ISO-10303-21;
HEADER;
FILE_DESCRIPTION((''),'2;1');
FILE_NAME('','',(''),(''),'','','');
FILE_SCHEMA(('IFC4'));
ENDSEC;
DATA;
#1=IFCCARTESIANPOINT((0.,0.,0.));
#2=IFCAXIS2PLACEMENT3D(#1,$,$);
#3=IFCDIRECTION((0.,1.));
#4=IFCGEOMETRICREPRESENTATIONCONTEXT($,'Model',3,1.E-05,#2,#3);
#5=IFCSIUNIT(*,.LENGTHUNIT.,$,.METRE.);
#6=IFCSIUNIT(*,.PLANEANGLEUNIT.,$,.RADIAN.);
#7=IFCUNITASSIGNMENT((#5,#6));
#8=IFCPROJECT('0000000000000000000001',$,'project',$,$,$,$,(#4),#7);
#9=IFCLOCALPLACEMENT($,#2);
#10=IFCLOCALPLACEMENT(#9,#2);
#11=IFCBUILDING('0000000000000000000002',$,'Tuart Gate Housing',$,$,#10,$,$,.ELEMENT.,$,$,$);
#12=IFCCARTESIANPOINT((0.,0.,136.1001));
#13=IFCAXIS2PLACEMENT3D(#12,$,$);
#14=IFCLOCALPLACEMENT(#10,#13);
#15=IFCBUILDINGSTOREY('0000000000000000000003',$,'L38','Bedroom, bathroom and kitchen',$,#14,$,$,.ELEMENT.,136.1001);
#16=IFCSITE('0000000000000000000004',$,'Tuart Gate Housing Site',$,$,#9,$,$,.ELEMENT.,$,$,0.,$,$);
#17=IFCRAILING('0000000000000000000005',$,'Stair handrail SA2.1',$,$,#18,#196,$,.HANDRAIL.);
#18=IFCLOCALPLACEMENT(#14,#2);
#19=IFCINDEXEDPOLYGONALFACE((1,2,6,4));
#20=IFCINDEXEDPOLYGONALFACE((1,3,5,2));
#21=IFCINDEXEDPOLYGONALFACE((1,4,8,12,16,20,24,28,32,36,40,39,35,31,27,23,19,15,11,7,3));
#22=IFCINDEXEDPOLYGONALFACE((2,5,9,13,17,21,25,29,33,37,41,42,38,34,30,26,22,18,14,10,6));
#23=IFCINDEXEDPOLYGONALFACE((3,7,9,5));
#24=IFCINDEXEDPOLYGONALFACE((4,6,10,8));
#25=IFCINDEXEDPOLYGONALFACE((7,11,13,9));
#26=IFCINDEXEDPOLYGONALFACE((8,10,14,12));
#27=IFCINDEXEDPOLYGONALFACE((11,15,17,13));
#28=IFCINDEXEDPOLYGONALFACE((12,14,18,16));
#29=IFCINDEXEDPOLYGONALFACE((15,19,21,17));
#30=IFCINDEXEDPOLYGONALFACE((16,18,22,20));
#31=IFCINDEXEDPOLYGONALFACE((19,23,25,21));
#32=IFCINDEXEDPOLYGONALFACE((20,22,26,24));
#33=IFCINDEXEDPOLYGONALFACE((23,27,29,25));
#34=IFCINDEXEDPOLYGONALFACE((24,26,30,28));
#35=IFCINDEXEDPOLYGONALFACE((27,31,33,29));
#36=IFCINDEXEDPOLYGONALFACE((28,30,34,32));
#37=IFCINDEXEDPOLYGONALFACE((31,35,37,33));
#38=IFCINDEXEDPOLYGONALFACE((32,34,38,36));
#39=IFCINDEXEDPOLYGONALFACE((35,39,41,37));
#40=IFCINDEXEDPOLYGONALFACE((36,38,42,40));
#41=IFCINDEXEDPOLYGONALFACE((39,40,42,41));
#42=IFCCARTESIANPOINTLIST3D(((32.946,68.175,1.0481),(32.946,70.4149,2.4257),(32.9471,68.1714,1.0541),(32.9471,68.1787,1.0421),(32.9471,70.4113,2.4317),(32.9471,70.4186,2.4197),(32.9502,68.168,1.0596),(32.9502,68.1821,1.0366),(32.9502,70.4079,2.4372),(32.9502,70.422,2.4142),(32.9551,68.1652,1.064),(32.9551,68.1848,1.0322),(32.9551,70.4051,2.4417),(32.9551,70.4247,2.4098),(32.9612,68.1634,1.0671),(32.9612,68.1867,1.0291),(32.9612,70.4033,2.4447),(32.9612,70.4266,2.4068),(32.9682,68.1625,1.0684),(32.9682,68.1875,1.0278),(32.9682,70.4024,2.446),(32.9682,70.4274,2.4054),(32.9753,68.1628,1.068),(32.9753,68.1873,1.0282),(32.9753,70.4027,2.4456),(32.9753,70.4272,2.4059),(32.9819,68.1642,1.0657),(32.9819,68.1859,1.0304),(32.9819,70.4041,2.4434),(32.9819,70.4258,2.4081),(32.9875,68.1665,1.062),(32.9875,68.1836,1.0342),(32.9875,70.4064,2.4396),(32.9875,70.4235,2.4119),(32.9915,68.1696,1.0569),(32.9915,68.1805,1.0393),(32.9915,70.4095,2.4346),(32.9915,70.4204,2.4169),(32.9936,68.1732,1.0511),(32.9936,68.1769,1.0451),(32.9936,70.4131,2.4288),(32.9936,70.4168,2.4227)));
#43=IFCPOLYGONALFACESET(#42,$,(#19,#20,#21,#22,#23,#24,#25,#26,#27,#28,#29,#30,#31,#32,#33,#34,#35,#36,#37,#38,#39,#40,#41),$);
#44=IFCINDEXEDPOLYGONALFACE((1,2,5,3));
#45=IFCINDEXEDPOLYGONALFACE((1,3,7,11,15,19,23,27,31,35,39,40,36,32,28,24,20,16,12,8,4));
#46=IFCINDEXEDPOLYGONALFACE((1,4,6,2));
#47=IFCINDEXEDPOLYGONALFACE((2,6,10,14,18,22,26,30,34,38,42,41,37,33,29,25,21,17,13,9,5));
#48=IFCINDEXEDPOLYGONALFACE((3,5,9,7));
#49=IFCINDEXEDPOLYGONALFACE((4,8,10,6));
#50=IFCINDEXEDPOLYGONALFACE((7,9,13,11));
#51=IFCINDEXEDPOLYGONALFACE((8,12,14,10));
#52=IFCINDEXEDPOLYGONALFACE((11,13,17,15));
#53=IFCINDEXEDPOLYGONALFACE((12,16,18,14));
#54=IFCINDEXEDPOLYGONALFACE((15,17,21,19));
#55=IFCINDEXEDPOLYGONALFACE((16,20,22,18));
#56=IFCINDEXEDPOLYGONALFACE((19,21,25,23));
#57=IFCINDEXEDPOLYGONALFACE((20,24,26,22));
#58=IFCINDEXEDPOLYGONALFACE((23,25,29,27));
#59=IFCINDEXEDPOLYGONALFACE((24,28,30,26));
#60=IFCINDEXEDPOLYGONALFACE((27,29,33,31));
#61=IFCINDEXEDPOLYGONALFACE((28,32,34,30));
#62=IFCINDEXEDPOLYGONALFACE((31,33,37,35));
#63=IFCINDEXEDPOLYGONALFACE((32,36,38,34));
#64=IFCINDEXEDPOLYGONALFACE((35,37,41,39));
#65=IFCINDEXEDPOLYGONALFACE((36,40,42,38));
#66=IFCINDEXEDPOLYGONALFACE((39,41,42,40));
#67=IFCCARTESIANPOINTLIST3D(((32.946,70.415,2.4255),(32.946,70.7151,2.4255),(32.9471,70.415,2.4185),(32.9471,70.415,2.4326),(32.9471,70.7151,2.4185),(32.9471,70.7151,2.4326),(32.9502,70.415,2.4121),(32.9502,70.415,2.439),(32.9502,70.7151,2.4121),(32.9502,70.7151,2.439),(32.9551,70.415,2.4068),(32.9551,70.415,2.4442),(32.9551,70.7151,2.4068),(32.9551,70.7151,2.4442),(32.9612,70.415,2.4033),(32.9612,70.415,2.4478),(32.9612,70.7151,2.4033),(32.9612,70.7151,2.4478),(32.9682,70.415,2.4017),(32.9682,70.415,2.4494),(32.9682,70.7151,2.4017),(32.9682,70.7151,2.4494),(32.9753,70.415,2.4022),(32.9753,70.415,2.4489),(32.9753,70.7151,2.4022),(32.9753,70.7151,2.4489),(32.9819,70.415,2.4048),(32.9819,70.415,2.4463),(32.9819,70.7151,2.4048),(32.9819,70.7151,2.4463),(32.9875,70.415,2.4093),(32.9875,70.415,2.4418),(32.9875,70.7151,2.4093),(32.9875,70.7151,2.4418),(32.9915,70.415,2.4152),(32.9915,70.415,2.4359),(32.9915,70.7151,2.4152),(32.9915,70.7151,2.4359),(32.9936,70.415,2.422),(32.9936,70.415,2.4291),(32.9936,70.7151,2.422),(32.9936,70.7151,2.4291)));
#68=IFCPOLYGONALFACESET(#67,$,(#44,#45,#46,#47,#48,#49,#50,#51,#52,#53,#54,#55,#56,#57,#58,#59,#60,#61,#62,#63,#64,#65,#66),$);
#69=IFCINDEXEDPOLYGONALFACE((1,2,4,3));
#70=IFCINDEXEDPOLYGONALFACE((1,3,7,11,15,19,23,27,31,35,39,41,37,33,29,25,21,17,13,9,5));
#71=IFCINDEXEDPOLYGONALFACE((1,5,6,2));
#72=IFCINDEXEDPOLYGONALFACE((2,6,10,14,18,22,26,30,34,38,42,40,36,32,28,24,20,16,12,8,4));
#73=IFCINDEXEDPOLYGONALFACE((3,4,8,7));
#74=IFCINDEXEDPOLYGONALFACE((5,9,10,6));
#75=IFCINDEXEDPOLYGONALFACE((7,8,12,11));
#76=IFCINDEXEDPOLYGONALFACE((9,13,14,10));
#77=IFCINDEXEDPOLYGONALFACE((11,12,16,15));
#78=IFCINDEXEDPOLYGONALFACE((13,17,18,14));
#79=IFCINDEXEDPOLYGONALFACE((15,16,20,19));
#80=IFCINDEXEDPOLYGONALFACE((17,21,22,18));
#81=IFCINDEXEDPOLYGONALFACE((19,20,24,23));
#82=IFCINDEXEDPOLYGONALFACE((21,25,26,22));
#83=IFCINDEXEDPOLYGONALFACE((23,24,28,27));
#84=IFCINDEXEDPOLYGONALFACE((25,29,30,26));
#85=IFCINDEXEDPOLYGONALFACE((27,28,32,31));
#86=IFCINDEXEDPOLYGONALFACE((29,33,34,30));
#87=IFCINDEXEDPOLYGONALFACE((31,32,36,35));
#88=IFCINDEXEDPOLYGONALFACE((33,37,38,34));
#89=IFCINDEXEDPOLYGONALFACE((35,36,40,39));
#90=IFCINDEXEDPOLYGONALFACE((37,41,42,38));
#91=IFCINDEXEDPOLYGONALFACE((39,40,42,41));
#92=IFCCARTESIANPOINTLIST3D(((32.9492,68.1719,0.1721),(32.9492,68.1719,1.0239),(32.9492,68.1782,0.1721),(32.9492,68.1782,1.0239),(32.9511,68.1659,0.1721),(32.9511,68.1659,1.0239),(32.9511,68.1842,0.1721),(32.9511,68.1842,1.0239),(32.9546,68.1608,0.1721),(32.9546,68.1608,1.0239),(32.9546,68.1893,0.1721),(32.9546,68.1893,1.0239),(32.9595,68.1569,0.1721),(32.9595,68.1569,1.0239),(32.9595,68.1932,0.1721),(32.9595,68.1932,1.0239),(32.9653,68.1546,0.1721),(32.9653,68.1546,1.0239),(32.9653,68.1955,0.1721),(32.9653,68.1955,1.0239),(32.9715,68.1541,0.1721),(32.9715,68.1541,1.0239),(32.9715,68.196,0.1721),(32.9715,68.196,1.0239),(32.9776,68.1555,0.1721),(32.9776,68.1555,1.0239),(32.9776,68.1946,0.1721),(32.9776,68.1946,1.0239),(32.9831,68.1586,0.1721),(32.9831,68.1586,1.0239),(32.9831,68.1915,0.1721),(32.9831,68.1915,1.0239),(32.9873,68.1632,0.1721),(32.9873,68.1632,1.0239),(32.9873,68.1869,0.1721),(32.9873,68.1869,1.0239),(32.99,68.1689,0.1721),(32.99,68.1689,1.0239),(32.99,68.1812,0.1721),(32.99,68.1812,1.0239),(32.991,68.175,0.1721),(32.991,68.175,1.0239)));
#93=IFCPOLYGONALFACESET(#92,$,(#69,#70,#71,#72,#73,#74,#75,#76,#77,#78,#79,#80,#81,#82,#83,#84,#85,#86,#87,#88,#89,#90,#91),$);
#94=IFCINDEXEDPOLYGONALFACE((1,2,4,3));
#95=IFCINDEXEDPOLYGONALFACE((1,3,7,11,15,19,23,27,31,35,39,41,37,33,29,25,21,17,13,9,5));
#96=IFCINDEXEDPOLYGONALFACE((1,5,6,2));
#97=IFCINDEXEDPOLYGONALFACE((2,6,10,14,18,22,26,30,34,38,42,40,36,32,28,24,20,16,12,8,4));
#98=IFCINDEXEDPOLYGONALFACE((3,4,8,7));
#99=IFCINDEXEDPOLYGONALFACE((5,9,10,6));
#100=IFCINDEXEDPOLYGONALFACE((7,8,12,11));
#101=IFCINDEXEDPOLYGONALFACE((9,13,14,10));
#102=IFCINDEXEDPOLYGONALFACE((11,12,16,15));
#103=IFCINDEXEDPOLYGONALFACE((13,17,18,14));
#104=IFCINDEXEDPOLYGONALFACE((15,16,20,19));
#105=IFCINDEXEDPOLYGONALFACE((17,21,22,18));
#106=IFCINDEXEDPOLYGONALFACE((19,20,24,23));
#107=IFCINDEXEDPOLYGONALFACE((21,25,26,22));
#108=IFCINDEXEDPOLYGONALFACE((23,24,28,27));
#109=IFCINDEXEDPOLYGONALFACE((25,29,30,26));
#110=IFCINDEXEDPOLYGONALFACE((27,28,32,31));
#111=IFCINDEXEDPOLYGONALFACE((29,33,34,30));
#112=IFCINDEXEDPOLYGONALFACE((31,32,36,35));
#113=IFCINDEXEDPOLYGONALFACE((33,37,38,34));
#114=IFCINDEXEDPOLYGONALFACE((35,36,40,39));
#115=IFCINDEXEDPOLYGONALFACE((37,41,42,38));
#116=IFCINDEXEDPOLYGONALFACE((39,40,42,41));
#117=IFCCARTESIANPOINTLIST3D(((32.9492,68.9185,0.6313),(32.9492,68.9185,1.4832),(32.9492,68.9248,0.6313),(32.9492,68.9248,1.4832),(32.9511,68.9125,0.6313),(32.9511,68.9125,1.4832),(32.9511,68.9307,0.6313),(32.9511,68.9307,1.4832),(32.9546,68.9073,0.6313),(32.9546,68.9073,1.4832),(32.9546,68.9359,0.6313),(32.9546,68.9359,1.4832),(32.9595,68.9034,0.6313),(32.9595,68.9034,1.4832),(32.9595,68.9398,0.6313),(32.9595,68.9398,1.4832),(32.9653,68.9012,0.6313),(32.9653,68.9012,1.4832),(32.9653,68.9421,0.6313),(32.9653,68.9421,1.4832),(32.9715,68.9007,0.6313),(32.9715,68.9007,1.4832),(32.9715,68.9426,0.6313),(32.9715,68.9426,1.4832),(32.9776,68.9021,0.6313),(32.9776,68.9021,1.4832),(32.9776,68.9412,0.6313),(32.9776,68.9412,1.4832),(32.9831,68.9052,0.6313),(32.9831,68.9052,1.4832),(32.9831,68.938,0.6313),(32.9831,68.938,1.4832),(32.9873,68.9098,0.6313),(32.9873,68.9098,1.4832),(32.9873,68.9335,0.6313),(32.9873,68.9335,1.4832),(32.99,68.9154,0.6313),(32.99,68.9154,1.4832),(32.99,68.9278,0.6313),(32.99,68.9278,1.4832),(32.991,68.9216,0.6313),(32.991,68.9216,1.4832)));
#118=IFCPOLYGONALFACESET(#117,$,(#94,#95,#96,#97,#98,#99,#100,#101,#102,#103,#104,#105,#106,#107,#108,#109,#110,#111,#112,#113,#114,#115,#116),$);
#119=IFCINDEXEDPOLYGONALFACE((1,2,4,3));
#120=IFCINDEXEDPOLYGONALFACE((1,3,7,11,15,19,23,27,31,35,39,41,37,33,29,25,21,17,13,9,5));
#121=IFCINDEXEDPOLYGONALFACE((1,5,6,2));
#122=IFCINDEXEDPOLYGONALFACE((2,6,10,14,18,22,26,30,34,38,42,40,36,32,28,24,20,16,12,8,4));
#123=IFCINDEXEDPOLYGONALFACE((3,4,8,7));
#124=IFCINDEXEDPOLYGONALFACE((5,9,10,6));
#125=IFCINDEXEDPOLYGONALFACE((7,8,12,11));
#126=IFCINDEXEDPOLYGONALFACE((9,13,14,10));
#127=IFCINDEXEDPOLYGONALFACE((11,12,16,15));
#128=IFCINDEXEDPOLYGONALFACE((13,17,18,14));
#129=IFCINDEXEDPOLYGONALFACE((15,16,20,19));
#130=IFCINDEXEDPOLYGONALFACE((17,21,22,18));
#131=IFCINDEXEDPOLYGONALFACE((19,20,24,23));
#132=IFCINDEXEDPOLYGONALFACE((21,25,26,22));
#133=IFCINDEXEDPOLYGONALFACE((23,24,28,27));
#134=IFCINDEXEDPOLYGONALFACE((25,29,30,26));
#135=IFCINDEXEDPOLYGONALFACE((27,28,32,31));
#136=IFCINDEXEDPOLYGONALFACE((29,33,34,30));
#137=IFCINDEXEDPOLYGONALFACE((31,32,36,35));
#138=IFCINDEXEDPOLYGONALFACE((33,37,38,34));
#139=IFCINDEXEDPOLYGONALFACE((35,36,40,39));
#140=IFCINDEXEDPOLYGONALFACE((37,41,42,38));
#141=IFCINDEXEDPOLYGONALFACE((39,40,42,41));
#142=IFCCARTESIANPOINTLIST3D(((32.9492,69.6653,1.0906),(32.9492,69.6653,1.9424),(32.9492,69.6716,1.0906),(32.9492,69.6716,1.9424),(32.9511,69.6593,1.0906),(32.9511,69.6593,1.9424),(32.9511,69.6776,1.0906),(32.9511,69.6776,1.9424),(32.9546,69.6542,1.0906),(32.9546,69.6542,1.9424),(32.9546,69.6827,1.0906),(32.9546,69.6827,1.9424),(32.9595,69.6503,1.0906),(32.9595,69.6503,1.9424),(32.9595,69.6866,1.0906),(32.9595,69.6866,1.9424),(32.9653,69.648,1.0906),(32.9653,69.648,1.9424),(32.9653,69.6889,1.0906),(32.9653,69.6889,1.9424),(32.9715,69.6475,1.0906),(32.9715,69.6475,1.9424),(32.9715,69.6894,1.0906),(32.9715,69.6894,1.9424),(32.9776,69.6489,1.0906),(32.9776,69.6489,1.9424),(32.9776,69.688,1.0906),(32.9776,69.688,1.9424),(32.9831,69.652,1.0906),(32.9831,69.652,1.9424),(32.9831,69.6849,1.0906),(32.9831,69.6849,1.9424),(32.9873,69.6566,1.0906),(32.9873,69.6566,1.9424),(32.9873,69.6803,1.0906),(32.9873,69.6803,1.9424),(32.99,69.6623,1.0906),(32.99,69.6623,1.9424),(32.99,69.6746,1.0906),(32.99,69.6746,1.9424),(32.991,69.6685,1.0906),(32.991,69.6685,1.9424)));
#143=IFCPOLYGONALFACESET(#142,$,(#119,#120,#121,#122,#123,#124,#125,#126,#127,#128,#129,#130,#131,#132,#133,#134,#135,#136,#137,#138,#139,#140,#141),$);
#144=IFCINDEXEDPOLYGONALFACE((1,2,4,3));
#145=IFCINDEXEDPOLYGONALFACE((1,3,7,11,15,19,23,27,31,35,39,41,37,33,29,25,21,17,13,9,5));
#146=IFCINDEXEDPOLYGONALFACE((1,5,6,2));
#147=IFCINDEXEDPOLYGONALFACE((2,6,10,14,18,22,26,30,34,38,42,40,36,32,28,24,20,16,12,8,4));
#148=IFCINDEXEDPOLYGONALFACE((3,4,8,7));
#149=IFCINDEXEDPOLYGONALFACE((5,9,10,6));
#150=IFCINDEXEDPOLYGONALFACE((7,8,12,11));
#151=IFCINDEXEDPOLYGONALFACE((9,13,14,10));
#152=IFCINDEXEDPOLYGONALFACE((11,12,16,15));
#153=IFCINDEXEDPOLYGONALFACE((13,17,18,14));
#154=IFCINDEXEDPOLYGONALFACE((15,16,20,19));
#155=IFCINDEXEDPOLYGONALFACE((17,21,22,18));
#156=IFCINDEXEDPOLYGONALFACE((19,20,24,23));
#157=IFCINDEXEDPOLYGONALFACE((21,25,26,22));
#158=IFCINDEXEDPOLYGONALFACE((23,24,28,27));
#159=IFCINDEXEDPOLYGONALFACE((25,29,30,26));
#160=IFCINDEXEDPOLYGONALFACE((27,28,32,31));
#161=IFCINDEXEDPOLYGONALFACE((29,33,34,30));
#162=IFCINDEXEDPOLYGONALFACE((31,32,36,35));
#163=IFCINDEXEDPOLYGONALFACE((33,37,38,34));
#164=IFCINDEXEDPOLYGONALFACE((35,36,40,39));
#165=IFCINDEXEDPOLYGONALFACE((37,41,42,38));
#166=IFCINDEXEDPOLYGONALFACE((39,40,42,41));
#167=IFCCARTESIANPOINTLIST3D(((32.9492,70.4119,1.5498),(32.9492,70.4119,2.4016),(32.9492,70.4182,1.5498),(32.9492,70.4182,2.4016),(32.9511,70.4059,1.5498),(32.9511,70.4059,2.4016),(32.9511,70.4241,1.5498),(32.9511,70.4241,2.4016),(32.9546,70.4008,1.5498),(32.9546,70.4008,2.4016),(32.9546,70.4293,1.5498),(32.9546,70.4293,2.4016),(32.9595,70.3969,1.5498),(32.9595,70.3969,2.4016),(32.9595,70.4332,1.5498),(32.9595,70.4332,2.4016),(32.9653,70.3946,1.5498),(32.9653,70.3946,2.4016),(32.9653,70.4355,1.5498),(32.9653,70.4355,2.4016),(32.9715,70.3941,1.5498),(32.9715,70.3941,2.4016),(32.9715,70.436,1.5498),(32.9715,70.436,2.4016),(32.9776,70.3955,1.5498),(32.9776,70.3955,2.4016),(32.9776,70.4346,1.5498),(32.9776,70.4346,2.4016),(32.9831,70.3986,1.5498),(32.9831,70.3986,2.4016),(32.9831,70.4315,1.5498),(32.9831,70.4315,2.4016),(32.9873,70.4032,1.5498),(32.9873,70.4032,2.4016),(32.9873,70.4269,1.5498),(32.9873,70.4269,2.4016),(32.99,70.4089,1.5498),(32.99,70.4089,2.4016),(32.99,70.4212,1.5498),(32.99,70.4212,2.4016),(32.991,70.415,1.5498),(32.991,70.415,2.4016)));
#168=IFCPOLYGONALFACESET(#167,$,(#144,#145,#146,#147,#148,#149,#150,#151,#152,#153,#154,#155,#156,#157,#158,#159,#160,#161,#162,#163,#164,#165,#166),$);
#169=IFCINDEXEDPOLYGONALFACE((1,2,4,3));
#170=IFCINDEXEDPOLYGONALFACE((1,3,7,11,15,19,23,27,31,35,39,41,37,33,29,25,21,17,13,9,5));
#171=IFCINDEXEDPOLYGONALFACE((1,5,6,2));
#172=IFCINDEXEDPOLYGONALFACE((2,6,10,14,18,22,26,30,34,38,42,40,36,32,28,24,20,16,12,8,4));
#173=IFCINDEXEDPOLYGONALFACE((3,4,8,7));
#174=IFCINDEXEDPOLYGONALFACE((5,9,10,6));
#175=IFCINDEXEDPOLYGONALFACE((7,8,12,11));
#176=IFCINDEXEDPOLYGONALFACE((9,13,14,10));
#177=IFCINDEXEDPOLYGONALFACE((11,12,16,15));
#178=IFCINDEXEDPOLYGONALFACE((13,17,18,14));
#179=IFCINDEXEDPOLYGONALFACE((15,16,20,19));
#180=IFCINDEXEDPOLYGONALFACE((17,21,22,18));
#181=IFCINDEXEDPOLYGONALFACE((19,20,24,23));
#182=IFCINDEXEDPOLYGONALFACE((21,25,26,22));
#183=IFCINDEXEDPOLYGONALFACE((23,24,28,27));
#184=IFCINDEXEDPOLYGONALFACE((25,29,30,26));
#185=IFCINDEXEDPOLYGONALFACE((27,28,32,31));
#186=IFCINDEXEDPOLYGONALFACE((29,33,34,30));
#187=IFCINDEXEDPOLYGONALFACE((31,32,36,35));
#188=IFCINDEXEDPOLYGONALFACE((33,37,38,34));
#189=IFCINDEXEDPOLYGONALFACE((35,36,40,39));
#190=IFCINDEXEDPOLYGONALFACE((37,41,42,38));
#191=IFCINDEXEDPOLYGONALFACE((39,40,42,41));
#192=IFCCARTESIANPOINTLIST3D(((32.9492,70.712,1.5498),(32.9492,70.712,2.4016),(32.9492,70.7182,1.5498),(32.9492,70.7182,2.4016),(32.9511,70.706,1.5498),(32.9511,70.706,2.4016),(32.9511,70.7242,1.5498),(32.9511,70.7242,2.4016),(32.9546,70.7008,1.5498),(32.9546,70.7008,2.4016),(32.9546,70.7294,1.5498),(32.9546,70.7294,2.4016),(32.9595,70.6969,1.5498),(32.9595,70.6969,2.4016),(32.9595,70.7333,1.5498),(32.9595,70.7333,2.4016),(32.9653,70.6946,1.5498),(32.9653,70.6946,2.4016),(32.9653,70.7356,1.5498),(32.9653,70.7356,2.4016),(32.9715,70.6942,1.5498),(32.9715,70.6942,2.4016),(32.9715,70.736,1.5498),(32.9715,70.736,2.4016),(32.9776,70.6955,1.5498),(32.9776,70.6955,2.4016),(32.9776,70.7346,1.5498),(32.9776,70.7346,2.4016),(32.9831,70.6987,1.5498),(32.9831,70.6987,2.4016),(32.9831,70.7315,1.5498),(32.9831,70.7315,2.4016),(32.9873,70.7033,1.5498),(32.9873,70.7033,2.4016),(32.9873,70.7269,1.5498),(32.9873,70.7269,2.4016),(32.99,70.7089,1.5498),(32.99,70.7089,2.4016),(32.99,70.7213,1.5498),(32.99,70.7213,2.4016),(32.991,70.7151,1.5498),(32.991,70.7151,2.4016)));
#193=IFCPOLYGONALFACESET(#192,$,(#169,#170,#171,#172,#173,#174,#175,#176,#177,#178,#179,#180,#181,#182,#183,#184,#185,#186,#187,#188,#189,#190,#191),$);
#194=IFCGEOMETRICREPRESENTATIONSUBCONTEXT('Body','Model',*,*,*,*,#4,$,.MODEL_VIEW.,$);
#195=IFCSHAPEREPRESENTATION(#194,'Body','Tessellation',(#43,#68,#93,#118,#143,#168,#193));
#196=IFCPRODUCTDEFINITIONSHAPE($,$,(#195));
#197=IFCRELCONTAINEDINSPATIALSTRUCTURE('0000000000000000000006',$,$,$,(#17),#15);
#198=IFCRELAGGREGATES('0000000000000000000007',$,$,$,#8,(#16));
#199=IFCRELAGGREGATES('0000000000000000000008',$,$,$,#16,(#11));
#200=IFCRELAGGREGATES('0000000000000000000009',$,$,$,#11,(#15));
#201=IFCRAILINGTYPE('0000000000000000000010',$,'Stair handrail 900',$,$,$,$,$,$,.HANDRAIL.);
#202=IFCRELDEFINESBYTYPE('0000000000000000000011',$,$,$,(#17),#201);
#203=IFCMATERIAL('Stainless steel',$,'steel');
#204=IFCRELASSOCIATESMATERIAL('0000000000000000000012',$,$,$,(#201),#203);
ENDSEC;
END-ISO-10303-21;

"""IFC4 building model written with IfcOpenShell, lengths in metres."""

from ifc_helpers import new_model, si_unit, direction, frame, origin, origin_2d, place, context, subcontext, project, spatial, circle, extrude, material, type_object, element, save


model = new_model("IFC4")

# Units and contexts
model_context = context("Model", 3, precision=1e-05, world=origin(), true_north=direction((0.0, 1.0)))
body_context = subcontext(model_context, "Body", "Model", "MODEL_VIEW")
ifc_project = project(units=[si_unit("LENGTHUNIT", "METRE"), si_unit("PLANEANGLEUNIT", "RADIAN")], contexts=[model_context])

# Site, building, storey
site_placement = place(None, origin())
site = spatial("IfcSite", under=ifc_project, at=site_placement, Name="Tuart Gate Housing Site", CompositionType="ELEMENT", RefElevation=0.0)
building_placement = place(site_placement, origin())
building = spatial("IfcBuilding", under=site, at=building_placement, Name="Tuart Gate Housing", CompositionType="ELEMENT")
storey_placement = place(building_placement, frame((0.0, 0.0, 136.1001)))
storey = spatial("IfcBuildingStorey", under=building, at=storey_placement, Name="L38", Description="Bedroom, bathroom and kitchen", CompositionType="ELEMENT", Elevation=136.1001)

# Railing
ifc_material_1 = material(Name="Stainless steel", Category="steel")
railing_type = type_object("IfcRailingType", Name="Stair handrail 900", PredefinedType="HANDRAIL", material=ifc_material_1)
railing_placement = place(storey_placement, frame((32.97, 68.175, 0.1721)))
element("IfcRailing", 1, at=railing_placement, inside=storey, type_object=railing_type, Name="Stair handrail SA2.1", PredefinedType="HANDRAIL", context=body_context, shape_type="SweptSolid", body=[
    extrude(circle(Radius=0.0239, at=origin_2d()), frame((0.0, 0.0, 0.876), z_axis=(0.0, 0.851789, 0.523885), x_axis=(-1.0, 0.0, 0.0)), (0.0, 0.0, 1.0), 2.6296),
    extrude(circle(Radius=0.0239, at=origin_2d()), frame((0.0, 2.24, 2.2534), z_axis=(0.0, 1.0, 0.0), x_axis=(-1.0, 0.0, 0.0)), (0.0, 0.0, 1.0), 0.3),
    extrude(circle(Radius=0.021, at=origin_2d()), origin(), (0.0, 0.0, 1.0), 0.8518),
    extrude(circle(Radius=0.021, at=origin_2d()), frame((0.0, 0.7466, 0.4592)), (0.0, 0.0, 1.0), 0.8518),
    extrude(circle(Radius=0.021, at=origin_2d()), frame((0.0, 1.4934, 0.9185)), (0.0, 0.0, 1.0), 0.8518),
    extrude(circle(Radius=0.021, at=origin_2d()), frame((0.0, 2.24, 1.3777)), (0.0, 0.0, 1.0), 0.8518),
    extrude(circle(Radius=0.021, at=origin_2d()), frame((0.0, 2.54, 1.3777)), (0.0, 0.0, 1.0), 0.8518),
])

save(model, "model.ifc")
